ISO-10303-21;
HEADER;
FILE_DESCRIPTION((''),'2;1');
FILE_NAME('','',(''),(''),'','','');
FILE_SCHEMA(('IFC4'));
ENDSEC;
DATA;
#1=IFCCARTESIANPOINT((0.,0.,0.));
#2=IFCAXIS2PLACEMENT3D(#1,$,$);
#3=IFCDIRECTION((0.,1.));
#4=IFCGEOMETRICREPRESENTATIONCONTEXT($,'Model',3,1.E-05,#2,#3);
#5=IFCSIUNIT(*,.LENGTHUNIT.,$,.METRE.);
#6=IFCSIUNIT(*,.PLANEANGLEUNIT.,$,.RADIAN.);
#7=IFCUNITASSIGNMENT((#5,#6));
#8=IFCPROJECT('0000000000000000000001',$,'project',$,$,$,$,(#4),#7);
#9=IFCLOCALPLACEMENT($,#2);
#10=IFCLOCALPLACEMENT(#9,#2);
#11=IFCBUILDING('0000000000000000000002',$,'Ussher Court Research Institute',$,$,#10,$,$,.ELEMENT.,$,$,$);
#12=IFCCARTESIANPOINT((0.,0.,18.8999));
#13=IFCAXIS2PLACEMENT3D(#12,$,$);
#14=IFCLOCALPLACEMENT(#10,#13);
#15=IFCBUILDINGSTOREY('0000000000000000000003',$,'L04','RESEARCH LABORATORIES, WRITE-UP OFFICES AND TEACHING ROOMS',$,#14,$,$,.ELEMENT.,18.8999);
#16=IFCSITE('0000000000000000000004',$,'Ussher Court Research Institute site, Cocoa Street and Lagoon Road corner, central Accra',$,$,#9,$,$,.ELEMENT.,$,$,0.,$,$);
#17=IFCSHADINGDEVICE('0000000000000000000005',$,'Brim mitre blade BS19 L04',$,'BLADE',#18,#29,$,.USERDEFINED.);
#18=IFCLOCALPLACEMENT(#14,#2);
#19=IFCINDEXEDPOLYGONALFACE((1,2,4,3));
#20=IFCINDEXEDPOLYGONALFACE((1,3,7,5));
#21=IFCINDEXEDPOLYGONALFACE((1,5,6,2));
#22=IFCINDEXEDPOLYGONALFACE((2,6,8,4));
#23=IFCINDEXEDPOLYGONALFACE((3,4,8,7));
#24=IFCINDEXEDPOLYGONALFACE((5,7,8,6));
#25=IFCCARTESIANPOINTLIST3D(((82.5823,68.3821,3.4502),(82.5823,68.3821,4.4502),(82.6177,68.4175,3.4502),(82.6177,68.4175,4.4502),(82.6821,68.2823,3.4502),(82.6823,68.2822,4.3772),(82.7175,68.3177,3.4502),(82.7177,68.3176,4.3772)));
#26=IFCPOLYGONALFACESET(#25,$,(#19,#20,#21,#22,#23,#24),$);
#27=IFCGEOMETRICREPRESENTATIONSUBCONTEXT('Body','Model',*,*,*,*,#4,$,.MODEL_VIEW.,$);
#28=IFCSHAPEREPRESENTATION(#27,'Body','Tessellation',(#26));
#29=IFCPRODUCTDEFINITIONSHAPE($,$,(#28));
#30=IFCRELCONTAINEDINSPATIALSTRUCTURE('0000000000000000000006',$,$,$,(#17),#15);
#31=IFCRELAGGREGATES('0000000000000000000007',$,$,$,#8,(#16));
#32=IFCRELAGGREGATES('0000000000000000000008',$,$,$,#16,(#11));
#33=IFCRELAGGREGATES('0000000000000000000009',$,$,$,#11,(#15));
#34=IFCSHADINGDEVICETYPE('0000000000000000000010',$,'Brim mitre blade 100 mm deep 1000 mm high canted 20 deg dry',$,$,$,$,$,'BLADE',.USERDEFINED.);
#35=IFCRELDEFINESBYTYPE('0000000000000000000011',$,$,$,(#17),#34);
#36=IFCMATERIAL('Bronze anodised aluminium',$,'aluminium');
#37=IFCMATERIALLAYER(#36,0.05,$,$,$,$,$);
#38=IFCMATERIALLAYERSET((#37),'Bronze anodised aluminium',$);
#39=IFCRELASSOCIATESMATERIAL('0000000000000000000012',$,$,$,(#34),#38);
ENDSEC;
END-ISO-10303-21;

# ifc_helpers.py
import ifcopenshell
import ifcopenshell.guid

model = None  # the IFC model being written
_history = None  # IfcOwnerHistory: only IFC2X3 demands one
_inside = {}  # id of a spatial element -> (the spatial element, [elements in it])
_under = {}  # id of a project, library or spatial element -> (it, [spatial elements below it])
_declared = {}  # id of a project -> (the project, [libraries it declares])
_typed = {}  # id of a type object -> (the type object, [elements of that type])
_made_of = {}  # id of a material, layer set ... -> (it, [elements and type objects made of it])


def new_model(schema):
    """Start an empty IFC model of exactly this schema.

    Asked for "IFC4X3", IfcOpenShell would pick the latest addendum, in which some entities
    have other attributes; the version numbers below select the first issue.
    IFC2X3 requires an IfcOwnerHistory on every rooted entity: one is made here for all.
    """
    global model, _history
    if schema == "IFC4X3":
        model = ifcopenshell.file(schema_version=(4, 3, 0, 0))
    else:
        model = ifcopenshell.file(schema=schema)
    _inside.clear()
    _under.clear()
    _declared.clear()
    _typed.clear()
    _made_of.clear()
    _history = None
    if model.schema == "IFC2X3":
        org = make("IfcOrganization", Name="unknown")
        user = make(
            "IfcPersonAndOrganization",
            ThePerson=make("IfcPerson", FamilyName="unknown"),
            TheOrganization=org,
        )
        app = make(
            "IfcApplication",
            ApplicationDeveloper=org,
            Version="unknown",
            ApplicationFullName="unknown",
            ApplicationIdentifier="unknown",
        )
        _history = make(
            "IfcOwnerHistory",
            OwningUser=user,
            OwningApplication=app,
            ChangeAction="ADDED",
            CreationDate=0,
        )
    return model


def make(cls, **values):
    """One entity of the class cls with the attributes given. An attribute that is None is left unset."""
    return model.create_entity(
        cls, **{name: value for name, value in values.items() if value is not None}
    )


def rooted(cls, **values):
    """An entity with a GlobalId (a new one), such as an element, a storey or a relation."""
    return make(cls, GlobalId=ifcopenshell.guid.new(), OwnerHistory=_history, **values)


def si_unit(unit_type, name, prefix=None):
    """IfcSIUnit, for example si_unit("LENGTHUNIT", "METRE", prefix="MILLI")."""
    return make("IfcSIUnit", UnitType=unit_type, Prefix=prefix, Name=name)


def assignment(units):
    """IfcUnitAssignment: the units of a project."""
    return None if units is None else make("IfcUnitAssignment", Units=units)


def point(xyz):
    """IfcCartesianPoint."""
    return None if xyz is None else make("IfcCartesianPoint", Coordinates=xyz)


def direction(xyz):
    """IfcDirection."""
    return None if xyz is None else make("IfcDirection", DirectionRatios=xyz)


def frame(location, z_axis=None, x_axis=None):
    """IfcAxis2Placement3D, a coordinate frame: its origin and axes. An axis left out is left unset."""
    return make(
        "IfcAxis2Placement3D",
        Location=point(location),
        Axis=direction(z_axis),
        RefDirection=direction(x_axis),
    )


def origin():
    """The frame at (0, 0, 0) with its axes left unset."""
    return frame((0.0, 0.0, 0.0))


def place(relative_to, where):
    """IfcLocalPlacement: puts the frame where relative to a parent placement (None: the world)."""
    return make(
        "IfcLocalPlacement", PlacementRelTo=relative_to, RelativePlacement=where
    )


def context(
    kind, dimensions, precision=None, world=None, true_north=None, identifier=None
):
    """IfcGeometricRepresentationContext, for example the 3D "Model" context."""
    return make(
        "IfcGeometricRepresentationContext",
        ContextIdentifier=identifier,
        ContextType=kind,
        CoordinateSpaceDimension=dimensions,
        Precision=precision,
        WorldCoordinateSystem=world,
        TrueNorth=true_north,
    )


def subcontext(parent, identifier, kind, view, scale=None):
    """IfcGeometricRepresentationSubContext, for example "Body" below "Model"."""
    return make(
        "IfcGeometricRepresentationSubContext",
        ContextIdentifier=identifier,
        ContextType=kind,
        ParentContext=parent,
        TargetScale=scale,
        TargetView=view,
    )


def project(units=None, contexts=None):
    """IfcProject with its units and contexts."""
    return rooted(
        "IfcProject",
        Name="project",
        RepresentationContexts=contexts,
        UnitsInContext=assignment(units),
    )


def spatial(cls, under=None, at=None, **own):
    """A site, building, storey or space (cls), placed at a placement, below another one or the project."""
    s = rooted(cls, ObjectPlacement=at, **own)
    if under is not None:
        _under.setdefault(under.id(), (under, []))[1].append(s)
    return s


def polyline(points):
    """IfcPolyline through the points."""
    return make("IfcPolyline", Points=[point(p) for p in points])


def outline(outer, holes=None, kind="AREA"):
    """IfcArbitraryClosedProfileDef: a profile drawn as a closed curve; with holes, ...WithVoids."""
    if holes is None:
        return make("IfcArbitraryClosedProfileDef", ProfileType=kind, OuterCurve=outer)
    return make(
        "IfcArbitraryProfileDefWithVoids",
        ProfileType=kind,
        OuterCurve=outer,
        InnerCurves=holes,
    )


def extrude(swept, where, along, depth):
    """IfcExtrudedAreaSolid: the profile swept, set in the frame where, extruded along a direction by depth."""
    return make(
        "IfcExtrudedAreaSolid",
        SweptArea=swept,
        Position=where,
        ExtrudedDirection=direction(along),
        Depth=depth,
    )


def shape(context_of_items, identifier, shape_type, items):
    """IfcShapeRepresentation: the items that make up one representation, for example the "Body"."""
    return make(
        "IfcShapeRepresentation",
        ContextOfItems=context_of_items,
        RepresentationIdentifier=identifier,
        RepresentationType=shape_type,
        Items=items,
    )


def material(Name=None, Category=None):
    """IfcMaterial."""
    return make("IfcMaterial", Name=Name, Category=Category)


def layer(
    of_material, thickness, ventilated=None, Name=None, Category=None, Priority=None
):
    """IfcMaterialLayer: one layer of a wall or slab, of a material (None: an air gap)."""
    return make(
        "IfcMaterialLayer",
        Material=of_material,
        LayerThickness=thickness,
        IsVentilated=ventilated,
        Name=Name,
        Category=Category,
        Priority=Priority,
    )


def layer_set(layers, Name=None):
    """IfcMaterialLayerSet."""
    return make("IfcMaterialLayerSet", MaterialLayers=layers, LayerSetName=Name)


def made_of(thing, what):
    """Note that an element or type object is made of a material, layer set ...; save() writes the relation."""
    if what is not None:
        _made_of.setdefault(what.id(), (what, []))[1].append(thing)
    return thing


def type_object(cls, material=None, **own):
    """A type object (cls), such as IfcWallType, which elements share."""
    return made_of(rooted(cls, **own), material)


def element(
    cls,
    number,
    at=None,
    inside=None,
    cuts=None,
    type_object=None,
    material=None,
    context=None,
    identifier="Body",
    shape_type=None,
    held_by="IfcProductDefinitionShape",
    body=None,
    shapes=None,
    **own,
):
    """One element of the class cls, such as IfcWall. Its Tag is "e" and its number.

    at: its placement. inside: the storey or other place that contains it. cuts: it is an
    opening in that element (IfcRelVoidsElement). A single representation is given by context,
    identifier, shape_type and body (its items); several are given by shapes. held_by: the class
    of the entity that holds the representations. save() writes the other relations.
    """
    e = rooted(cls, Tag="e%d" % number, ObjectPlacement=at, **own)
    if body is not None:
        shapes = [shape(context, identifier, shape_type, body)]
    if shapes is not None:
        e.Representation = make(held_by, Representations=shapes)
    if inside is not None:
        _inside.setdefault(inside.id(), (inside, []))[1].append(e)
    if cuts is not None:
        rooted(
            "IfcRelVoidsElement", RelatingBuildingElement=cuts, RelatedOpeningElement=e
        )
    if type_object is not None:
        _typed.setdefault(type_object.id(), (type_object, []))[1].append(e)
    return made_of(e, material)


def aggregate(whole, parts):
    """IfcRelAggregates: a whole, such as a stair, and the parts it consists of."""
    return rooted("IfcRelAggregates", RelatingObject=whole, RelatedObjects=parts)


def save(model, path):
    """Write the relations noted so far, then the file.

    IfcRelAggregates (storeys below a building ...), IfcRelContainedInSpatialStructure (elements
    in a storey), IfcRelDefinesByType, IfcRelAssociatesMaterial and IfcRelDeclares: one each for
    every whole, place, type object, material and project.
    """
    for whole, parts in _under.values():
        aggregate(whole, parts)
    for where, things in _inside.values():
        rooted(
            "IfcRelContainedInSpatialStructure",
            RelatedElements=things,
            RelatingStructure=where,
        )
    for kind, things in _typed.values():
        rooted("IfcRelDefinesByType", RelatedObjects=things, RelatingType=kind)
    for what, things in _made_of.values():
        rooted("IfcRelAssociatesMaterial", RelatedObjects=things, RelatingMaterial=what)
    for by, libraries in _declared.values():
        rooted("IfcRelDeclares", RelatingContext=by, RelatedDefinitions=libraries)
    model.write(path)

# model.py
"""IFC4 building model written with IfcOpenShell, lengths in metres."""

from ifc_helpers import new_model, si_unit, direction, frame, origin, place, context, subcontext, project, spatial, polyline, outline, extrude, material, layer, layer_set, type_object, element, save


model = new_model("IFC4")

# Units and contexts
model_context = context("Model", 3, precision=1e-05, world=origin(), true_north=direction((0.0, 1.0)))
body_context = subcontext(model_context, "Body", "Model", "MODEL_VIEW")
ifc_project = project(units=[si_unit("LENGTHUNIT", "METRE"), si_unit("PLANEANGLEUNIT", "RADIAN")], contexts=[model_context])

# Site, building, storey
site_placement = place(None, origin())
site = spatial("IfcSite", under=ifc_project, at=site_placement, Name="Ussher Court Research Institute site, Cocoa Street and Lagoon Road corner, central Accra", CompositionType="ELEMENT", RefElevation=0.0)
building_placement = place(site_placement, origin())
building = spatial("IfcBuilding", under=site, at=building_placement, Name="Ussher Court Research Institute", CompositionType="ELEMENT")
storey_placement = place(building_placement, frame((0.0, 0.0, 18.8999)))
storey = spatial("IfcBuildingStorey", under=building, at=storey_placement, Name="L04", Description="RESEARCH LABORATORIES, WRITE-UP OFFICES AND TEACHING ROOMS", CompositionType="ELEMENT", Elevation=18.8999)

# Shading device
ifc_material_1 = material(Name="Bronze anodised aluminium", Category="aluminium")
ifc_layer_1 = layer(ifc_material_1, 0.05)
ifc_layer_set_1 = layer_set([ifc_layer_1], Name="Bronze anodised aluminium")
shading_device_type_1 = type_object("IfcShadingDeviceType", Name="Brim mitre blade 100 mm deep 1000 mm high canted 20 deg dry", ElementType="BLADE", PredefinedType="USERDEFINED", material=ifc_layer_set_1)
shading_device_1_placement = place(storey_placement, frame((82.6001, 68.3999, 3.4502), z_axis=(0.0, 0.0, 1.0), x_axis=(0.707107, -0.707107, 0.0)))
element("IfcShadingDevice", 1, at=shading_device_1_placement, inside=storey, type_object=shading_device_type_1, Name="Brim mitre blade BS19 L04", ObjectType="BLADE", PredefinedType="USERDEFINED", context=body_context, shape_type="SweptSolid", body=[
    extrude(outline(polyline([(0.0, 0.0), (0.1411, 0.0), (0.1414, 0.927), (0.0, 1.0), (0.0, 0.0)])), frame((0.0, 0.0249, 0.0), z_axis=(0.0, -1.0, 0.0), x_axis=(1.0, 0.0, 0.0)), (0.0, 0.0, 1.0), 0.05),
])

save(model, "model.ifc")
